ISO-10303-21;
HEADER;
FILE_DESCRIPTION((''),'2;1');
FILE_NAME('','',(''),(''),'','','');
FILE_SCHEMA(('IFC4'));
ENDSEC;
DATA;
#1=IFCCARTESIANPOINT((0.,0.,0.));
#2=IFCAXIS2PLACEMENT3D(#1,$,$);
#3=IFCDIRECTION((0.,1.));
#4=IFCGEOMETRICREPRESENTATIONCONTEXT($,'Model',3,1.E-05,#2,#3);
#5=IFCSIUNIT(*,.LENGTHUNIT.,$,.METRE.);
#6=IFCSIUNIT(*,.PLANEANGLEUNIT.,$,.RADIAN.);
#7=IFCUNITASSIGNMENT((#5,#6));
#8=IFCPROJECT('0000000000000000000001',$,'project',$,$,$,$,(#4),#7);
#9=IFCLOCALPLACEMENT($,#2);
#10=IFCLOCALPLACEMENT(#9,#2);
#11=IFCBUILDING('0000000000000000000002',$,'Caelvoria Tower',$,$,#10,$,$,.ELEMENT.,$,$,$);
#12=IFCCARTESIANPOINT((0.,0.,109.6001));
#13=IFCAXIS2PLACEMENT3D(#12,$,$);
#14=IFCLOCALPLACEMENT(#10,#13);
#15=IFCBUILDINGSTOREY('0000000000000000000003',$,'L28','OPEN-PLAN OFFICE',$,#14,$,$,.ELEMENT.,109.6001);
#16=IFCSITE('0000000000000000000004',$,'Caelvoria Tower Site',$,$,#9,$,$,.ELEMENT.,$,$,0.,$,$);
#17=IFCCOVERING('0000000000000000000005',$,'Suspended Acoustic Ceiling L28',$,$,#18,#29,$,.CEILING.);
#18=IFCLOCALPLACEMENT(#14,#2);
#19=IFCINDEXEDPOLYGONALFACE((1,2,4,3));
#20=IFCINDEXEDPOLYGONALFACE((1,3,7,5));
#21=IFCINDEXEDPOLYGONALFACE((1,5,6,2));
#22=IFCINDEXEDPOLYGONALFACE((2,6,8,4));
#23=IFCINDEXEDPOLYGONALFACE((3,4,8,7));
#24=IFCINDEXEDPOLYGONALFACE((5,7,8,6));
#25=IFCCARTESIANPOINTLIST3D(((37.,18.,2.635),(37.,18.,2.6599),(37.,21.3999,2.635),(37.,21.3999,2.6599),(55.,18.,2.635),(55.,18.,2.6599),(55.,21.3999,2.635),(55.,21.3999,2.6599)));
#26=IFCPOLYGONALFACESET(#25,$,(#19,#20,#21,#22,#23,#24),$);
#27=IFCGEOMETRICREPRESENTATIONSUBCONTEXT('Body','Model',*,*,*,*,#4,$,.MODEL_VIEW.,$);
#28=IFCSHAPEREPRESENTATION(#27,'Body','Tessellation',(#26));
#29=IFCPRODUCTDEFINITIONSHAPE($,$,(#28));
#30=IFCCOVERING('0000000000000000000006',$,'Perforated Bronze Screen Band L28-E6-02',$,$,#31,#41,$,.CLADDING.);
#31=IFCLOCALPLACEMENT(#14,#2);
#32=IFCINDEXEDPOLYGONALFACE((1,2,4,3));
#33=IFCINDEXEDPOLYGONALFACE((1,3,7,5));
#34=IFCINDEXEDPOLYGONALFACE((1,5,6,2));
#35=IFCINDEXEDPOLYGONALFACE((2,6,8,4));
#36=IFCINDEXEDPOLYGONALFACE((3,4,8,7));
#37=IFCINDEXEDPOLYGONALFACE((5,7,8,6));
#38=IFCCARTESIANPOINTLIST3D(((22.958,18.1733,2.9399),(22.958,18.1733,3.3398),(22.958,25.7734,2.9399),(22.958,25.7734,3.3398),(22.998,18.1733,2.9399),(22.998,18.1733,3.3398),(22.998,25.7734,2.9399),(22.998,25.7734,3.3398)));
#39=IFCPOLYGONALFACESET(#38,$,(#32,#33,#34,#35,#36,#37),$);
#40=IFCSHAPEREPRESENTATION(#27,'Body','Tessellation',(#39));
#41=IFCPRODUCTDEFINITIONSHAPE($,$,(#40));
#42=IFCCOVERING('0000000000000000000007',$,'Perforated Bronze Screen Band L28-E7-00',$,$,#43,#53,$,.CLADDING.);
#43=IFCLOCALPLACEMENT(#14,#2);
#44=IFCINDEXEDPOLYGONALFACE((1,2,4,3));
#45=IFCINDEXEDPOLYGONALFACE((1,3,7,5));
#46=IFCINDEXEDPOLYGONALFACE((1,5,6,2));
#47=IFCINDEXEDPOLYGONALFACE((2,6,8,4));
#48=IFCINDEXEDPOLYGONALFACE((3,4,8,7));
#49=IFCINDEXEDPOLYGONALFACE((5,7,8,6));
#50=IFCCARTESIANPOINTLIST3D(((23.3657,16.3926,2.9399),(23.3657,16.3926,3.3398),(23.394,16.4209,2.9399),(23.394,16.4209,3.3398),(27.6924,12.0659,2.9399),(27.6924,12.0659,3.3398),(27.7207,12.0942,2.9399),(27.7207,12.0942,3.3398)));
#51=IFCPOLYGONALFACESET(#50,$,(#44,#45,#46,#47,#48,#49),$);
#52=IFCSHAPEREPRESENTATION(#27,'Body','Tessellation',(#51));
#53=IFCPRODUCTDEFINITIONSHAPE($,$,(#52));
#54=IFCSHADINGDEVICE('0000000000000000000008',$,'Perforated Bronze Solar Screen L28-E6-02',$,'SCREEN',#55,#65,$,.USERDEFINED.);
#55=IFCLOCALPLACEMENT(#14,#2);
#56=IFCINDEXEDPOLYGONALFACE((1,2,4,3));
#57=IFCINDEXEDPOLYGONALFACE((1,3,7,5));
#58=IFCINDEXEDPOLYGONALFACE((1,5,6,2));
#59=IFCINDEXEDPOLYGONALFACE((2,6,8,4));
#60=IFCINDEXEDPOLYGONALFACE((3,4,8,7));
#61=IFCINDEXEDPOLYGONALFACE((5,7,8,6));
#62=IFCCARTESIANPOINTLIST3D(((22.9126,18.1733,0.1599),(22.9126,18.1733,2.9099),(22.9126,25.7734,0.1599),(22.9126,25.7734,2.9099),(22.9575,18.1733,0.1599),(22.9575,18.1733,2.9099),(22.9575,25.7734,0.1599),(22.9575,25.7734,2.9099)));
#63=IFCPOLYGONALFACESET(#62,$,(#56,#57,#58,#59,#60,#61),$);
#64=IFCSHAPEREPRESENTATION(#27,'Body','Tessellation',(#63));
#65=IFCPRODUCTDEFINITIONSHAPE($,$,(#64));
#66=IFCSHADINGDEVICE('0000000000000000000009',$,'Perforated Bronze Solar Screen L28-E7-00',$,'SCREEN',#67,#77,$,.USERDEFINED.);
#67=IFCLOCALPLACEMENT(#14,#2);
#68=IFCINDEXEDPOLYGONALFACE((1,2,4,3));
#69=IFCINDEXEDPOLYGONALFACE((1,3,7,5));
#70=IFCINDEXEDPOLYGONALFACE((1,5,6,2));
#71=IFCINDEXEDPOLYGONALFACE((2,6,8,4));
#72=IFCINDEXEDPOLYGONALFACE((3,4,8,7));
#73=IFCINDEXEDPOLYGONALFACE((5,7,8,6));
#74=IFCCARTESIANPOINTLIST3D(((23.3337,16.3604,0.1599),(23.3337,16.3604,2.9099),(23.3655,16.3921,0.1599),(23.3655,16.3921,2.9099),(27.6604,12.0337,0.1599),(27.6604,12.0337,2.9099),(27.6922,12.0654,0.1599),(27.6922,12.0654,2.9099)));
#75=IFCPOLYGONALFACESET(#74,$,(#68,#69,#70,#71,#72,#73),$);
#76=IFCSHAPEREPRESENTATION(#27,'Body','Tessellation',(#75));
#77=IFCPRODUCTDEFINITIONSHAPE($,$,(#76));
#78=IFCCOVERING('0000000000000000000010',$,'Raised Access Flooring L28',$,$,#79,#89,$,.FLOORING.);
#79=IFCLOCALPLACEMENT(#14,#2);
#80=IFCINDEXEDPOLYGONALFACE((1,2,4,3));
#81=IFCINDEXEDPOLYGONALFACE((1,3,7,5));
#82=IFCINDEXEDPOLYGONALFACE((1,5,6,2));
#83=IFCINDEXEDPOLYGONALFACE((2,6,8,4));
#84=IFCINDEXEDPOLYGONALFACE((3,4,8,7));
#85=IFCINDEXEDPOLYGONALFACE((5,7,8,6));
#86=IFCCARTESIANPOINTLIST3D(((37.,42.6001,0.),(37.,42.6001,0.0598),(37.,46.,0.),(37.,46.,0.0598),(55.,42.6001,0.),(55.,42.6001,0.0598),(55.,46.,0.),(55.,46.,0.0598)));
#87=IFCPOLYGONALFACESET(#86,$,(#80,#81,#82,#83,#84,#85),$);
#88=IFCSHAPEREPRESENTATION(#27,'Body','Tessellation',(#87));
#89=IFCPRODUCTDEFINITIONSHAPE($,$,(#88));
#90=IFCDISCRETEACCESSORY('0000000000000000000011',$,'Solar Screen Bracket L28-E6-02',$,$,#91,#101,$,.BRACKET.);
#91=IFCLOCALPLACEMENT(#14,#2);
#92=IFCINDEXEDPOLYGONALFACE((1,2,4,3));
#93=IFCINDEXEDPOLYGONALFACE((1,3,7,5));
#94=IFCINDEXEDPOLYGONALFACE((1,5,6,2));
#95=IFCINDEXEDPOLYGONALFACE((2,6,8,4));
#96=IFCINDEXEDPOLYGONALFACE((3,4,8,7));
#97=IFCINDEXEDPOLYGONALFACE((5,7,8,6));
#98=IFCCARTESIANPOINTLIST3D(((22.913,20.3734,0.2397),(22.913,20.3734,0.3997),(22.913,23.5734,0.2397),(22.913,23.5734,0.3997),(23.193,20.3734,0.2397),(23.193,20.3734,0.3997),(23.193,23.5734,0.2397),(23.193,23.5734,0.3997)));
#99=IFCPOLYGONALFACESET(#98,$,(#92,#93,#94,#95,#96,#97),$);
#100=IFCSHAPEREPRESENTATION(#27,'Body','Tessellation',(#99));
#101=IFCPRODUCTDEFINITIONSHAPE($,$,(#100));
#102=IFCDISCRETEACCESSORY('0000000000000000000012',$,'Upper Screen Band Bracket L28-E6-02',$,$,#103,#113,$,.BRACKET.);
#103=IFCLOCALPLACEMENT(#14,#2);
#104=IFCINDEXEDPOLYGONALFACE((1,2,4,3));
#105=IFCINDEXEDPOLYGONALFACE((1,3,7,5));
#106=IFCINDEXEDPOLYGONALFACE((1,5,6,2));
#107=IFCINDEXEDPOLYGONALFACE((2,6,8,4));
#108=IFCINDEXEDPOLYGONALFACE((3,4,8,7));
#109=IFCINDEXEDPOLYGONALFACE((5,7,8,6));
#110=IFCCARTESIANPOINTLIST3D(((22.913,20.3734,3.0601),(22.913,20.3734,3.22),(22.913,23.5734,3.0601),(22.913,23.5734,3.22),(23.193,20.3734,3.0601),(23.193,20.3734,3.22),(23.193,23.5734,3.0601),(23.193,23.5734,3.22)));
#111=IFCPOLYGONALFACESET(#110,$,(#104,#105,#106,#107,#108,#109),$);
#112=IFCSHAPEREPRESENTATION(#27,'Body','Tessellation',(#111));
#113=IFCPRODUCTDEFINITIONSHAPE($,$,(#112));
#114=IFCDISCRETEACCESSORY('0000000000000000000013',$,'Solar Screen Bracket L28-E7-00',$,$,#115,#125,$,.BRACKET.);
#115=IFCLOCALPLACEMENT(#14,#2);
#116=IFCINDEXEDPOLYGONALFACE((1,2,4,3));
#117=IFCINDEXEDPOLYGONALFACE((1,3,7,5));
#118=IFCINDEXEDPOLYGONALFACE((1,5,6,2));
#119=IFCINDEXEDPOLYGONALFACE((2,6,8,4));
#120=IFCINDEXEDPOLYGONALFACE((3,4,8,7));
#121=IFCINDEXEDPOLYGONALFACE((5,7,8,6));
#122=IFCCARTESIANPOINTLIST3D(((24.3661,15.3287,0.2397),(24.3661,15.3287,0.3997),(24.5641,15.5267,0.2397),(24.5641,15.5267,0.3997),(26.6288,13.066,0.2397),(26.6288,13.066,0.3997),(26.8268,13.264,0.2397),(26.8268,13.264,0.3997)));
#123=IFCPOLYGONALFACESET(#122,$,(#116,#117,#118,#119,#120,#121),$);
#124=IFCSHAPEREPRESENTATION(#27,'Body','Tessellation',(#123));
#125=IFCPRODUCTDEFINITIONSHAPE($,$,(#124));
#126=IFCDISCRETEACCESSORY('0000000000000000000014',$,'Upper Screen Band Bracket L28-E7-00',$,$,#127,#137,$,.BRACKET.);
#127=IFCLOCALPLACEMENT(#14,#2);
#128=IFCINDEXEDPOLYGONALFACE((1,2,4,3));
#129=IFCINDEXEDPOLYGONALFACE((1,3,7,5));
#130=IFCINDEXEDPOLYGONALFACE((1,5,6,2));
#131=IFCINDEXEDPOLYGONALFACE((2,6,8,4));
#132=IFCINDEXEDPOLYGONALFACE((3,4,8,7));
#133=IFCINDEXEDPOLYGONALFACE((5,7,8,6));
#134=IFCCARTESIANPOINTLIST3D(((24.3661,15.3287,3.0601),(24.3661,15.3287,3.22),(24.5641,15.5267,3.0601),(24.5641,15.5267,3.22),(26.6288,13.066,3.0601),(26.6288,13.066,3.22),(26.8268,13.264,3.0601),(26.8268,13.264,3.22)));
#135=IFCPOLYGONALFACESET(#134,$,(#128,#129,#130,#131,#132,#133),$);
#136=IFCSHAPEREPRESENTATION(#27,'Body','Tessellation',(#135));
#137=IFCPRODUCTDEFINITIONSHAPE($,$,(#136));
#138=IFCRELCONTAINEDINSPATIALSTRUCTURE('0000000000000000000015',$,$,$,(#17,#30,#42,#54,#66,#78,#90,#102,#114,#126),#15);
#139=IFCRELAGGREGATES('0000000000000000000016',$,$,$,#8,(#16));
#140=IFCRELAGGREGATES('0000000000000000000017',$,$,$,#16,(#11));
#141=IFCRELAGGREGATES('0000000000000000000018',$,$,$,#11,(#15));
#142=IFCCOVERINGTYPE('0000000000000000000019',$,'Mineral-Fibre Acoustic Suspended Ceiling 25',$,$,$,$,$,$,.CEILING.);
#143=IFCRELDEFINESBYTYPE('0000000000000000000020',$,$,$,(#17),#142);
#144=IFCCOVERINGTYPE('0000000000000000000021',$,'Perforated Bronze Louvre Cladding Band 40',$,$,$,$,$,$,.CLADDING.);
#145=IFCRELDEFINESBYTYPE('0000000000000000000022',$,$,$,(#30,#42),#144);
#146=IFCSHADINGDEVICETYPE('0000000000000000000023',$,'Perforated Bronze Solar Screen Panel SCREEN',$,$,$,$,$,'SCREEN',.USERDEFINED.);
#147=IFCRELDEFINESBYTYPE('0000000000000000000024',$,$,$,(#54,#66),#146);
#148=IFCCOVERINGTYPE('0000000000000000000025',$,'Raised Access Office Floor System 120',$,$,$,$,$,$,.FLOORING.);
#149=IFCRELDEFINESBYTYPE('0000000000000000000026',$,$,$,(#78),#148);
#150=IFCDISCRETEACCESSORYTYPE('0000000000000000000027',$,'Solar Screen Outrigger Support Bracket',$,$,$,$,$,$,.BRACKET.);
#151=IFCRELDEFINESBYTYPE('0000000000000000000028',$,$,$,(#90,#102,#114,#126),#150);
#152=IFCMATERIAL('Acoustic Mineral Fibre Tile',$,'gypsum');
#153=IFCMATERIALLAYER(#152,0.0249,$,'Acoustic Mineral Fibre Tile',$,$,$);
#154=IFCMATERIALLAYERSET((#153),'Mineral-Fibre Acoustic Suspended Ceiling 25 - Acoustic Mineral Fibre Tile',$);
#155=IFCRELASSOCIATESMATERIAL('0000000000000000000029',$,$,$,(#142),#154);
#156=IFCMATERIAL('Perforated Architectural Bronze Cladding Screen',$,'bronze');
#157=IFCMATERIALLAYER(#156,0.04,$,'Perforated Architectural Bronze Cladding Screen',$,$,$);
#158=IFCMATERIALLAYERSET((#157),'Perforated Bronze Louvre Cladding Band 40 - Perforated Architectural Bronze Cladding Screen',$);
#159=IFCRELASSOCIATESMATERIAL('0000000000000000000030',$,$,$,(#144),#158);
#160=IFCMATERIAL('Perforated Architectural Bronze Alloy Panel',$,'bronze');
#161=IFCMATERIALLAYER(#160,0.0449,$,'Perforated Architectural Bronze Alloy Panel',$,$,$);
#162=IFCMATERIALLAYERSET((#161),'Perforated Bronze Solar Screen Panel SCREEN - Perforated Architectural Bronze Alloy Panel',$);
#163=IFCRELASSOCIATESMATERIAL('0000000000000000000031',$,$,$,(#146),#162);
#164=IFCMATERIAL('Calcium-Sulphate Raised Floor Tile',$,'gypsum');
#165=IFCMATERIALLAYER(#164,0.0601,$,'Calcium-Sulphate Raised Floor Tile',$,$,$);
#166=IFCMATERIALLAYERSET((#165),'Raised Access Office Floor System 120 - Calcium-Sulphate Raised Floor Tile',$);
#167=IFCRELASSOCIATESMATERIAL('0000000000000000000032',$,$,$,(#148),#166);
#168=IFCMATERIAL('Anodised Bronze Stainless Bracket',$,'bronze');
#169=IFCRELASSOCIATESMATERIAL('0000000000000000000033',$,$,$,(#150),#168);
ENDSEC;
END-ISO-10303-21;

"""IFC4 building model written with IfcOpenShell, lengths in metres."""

from ifc_helpers import new_model, si_unit, direction, frame, origin, origin_2d, place, context, subcontext, project, spatial, polyline, rectangle, outline, extrude, material, layer, layer_set, type_object, element, save


model = new_model("IFC4")

# Units and contexts
model_context = context("Model", 3, precision=1e-05, world=origin(), true_north=direction((0.0, 1.0)))
body_context = subcontext(model_context, "Body", "Model", "MODEL_VIEW")
ifc_project = project(units=[si_unit("LENGTHUNIT", "METRE"), si_unit("PLANEANGLEUNIT", "RADIAN")], contexts=[model_context])

# Site, building, storey
site_placement = place(None, origin())
site = spatial("IfcSite", under=ifc_project, at=site_placement, Name="Caelvoria Tower Site", CompositionType="ELEMENT", RefElevation=0.0)
building_placement = place(site_placement, origin())
building = spatial("IfcBuilding", under=site, at=building_placement, Name="Caelvoria Tower", CompositionType="ELEMENT")
storey_placement = place(building_placement, frame((0.0, 0.0, 109.6001)))
storey = spatial("IfcBuildingStorey", under=building, at=storey_placement, Name="L28", Description="OPEN-PLAN OFFICE", CompositionType="ELEMENT", Elevation=109.6001)

# Coverings
ifc_material_1 = material(Name="Acoustic Mineral Fibre Tile", Category="gypsum")
ifc_layer_1 = layer(ifc_material_1, 0.0249, Name="Acoustic Mineral Fibre Tile")
ifc_layer_set_1 = layer_set([ifc_layer_1], Name="Mineral-Fibre Acoustic Suspended Ceiling 25 - Acoustic Mineral Fibre Tile")
covering_type_1 = type_object("IfcCoveringType", Name="Mineral-Fibre Acoustic Suspended Ceiling 25", PredefinedType="CEILING", material=ifc_layer_set_1)
covering_1_placement = place(storey_placement, frame((0.0, 0.0, 2.635)))
element("IfcCovering", 1, at=covering_1_placement, inside=storey, type_object=covering_type_1, Name="Suspended Acoustic Ceiling L28", PredefinedType="CEILING", context=body_context, shape_type="SweptSolid", body=[
    extrude(outline(polyline([(37.0, 18.0), (55.0, 18.0), (55.0, 21.3999), (37.0, 21.3999), (37.0, 18.0)])), origin(), (0.0, 0.0, 1.0), 0.0249),
])
ifc_material_2 = material(Name="Perforated Architectural Bronze Cladding Screen", Category="bronze")
ifc_layer_2 = layer(ifc_material_2, 0.04, Name="Perforated Architectural Bronze Cladding Screen")
ifc_layer_set_2 = layer_set([ifc_layer_2], Name="Perforated Bronze Louvre Cladding Band 40 - Perforated Architectural Bronze Cladding Screen")
covering_type_2 = type_object("IfcCoveringType", Name="Perforated Bronze Louvre Cladding Band 40", PredefinedType="CLADDING", material=ifc_layer_set_2)
covering_2_placement = place(storey_placement, frame((22.978, 21.9734, 2.9399), z_axis=(0.0, 0.0, 1.0), x_axis=(0.0, -1.0, 0.0)))
element("IfcCovering", 2, at=covering_2_placement, inside=storey, type_object=covering_type_2, Name="Perforated Bronze Screen Band L28-E6-02", PredefinedType="CLADDING", context=body_context, shape_type="SweptSolid", body=[
    extrude(rectangle(XDim=7.6001, YDim=0.04, at=origin_2d()), origin(), (0.0, 0.0, 1.0), 0.3999),
])
covering_3_placement = place(storey_placement, frame((25.5432, 14.2434, 2.9399), z_axis=(0.0, 0.0, 1.0), x_axis=(0.707107, -0.707107, 0.0)))
element("IfcCovering", 3, at=covering_3_placement, inside=storey, type_object=covering_type_2, Name="Perforated Bronze Screen Band L28-E7-00", PredefinedType="CLADDING", context=body_context, shape_type="SweptSolid", body=[
    extrude(rectangle(XDim=6.1189, YDim=0.04, at=origin_2d()), origin(), (0.0, 0.0, 1.0), 0.3999),
])

# Shading devices
ifc_material_3 = material(Name="Perforated Architectural Bronze Alloy Panel", Category="bronze")
ifc_layer_3 = layer(ifc_material_3, 0.0449, Name="Perforated Architectural Bronze Alloy Panel")
ifc_layer_set_3 = layer_set([ifc_layer_3], Name="Perforated Bronze Solar Screen Panel SCREEN - Perforated Architectural Bronze Alloy Panel")
shading_device_type = type_object("IfcShadingDeviceType", Name="Perforated Bronze Solar Screen Panel SCREEN", ElementType="SCREEN", PredefinedType="USERDEFINED", material=ifc_layer_set_3)
shading_device_1_placement = place(storey_placement, frame((22.9351, 21.9734, 0.1599), z_axis=(0.0, 0.0, 1.0), x_axis=(0.0, -1.0, 0.0)))
element("IfcShadingDevice", 4, at=shading_device_1_placement, inside=storey, type_object=shading_device_type, Name="Perforated Bronze Solar Screen L28-E6-02", ObjectType="SCREEN", PredefinedType="USERDEFINED", context=body_context, shape_type="SweptSolid", body=[
    extrude(rectangle(XDim=7.6001, YDim=0.0449, at=origin_2d()), origin(), (0.0, 0.0, 1.0), 2.75),
])
shading_device_2_placement = place(storey_placement, frame((25.5129, 14.2129, 0.1599), z_axis=(0.0, 0.0, 1.0), x_axis=(0.707107, -0.707107, 0.0)))
element("IfcShadingDevice", 5, at=shading_device_2_placement, inside=storey, type_object=shading_device_type, Name="Perforated Bronze Solar Screen L28-E7-00", ObjectType="SCREEN", PredefinedType="USERDEFINED", context=body_context, shape_type="SweptSolid", body=[
    extrude(rectangle(XDim=6.1189, YDim=0.0449, at=origin_2d()), origin(), (0.0, 0.0, 1.0), 2.75),
])

# Covering
ifc_material_4 = material(Name="Calcium-Sulphate Raised Floor Tile", Category="gypsum")
ifc_layer_4 = layer(ifc_material_4, 0.0601, Name="Calcium-Sulphate Raised Floor Tile")
ifc_layer_set_4 = layer_set([ifc_layer_4], Name="Raised Access Office Floor System 120 - Calcium-Sulphate Raised Floor Tile")
covering_type_3 = type_object("IfcCoveringType", Name="Raised Access Office Floor System 120", PredefinedType="FLOORING", material=ifc_layer_set_4)
covering_4_placement = place(storey_placement, origin())
element("IfcCovering", 6, at=covering_4_placement, inside=storey, type_object=covering_type_3, Name="Raised Access Flooring L28", PredefinedType="FLOORING", context=body_context, shape_type="SweptSolid", body=[
    extrude(outline(polyline([(37.0, 42.6001), (55.0, 42.6001), (55.0, 46.0), (37.0, 46.0), (37.0, 42.6001)])), origin(), (0.0, 0.0, 1.0), 0.0598),
])

# Discrete accessories
ifc_material_5 = material(Name="Anodised Bronze Stainless Bracket", Category="bronze")
discrete_accessory_type = type_object("IfcDiscreteAccessoryType", Name="Solar Screen Outrigger Support Bracket", PredefinedType="BRACKET", material=ifc_material_5)
for number, where, z_axis, x_axis, name in (
    (7, (23.053, 21.9734, 0.2397), (0.0, 0.0, 1.0), (0.0, -1.0, 0.0), "Solar Screen Bracket L28-E6-02"),
    (8, (23.053, 21.9734, 3.0601), (0.0, 0.0, 1.0), (0.0, -1.0, 0.0), "Upper Screen Band Bracket L28-E6-02"),
    (9, (25.5964, 14.2964, 0.2397), (0.0, 0.0, 1.0), (0.707107, -0.707107, 0.0), "Solar Screen Bracket L28-E7-00"),
    (10, (25.5964, 14.2964, 3.0601), (0.0, 0.0, 1.0), (0.707107, -0.707107, 0.0), "Upper Screen Band Bracket L28-E7-00"),
):
    element("IfcDiscreteAccessory", number, at=place(storey_placement, frame(where, z_axis=z_axis, x_axis=x_axis)), inside=storey, type_object=discrete_accessory_type, Name=name, PredefinedType="BRACKET", context=body_context, shape_type="SweptSolid", body=[
        extrude(rectangle(XDim=3.2, YDim=0.28, at=origin_2d()), origin(), (0.0, 0.0, 1.0), 0.1599),
    ])

save(model, "model.ifc")
